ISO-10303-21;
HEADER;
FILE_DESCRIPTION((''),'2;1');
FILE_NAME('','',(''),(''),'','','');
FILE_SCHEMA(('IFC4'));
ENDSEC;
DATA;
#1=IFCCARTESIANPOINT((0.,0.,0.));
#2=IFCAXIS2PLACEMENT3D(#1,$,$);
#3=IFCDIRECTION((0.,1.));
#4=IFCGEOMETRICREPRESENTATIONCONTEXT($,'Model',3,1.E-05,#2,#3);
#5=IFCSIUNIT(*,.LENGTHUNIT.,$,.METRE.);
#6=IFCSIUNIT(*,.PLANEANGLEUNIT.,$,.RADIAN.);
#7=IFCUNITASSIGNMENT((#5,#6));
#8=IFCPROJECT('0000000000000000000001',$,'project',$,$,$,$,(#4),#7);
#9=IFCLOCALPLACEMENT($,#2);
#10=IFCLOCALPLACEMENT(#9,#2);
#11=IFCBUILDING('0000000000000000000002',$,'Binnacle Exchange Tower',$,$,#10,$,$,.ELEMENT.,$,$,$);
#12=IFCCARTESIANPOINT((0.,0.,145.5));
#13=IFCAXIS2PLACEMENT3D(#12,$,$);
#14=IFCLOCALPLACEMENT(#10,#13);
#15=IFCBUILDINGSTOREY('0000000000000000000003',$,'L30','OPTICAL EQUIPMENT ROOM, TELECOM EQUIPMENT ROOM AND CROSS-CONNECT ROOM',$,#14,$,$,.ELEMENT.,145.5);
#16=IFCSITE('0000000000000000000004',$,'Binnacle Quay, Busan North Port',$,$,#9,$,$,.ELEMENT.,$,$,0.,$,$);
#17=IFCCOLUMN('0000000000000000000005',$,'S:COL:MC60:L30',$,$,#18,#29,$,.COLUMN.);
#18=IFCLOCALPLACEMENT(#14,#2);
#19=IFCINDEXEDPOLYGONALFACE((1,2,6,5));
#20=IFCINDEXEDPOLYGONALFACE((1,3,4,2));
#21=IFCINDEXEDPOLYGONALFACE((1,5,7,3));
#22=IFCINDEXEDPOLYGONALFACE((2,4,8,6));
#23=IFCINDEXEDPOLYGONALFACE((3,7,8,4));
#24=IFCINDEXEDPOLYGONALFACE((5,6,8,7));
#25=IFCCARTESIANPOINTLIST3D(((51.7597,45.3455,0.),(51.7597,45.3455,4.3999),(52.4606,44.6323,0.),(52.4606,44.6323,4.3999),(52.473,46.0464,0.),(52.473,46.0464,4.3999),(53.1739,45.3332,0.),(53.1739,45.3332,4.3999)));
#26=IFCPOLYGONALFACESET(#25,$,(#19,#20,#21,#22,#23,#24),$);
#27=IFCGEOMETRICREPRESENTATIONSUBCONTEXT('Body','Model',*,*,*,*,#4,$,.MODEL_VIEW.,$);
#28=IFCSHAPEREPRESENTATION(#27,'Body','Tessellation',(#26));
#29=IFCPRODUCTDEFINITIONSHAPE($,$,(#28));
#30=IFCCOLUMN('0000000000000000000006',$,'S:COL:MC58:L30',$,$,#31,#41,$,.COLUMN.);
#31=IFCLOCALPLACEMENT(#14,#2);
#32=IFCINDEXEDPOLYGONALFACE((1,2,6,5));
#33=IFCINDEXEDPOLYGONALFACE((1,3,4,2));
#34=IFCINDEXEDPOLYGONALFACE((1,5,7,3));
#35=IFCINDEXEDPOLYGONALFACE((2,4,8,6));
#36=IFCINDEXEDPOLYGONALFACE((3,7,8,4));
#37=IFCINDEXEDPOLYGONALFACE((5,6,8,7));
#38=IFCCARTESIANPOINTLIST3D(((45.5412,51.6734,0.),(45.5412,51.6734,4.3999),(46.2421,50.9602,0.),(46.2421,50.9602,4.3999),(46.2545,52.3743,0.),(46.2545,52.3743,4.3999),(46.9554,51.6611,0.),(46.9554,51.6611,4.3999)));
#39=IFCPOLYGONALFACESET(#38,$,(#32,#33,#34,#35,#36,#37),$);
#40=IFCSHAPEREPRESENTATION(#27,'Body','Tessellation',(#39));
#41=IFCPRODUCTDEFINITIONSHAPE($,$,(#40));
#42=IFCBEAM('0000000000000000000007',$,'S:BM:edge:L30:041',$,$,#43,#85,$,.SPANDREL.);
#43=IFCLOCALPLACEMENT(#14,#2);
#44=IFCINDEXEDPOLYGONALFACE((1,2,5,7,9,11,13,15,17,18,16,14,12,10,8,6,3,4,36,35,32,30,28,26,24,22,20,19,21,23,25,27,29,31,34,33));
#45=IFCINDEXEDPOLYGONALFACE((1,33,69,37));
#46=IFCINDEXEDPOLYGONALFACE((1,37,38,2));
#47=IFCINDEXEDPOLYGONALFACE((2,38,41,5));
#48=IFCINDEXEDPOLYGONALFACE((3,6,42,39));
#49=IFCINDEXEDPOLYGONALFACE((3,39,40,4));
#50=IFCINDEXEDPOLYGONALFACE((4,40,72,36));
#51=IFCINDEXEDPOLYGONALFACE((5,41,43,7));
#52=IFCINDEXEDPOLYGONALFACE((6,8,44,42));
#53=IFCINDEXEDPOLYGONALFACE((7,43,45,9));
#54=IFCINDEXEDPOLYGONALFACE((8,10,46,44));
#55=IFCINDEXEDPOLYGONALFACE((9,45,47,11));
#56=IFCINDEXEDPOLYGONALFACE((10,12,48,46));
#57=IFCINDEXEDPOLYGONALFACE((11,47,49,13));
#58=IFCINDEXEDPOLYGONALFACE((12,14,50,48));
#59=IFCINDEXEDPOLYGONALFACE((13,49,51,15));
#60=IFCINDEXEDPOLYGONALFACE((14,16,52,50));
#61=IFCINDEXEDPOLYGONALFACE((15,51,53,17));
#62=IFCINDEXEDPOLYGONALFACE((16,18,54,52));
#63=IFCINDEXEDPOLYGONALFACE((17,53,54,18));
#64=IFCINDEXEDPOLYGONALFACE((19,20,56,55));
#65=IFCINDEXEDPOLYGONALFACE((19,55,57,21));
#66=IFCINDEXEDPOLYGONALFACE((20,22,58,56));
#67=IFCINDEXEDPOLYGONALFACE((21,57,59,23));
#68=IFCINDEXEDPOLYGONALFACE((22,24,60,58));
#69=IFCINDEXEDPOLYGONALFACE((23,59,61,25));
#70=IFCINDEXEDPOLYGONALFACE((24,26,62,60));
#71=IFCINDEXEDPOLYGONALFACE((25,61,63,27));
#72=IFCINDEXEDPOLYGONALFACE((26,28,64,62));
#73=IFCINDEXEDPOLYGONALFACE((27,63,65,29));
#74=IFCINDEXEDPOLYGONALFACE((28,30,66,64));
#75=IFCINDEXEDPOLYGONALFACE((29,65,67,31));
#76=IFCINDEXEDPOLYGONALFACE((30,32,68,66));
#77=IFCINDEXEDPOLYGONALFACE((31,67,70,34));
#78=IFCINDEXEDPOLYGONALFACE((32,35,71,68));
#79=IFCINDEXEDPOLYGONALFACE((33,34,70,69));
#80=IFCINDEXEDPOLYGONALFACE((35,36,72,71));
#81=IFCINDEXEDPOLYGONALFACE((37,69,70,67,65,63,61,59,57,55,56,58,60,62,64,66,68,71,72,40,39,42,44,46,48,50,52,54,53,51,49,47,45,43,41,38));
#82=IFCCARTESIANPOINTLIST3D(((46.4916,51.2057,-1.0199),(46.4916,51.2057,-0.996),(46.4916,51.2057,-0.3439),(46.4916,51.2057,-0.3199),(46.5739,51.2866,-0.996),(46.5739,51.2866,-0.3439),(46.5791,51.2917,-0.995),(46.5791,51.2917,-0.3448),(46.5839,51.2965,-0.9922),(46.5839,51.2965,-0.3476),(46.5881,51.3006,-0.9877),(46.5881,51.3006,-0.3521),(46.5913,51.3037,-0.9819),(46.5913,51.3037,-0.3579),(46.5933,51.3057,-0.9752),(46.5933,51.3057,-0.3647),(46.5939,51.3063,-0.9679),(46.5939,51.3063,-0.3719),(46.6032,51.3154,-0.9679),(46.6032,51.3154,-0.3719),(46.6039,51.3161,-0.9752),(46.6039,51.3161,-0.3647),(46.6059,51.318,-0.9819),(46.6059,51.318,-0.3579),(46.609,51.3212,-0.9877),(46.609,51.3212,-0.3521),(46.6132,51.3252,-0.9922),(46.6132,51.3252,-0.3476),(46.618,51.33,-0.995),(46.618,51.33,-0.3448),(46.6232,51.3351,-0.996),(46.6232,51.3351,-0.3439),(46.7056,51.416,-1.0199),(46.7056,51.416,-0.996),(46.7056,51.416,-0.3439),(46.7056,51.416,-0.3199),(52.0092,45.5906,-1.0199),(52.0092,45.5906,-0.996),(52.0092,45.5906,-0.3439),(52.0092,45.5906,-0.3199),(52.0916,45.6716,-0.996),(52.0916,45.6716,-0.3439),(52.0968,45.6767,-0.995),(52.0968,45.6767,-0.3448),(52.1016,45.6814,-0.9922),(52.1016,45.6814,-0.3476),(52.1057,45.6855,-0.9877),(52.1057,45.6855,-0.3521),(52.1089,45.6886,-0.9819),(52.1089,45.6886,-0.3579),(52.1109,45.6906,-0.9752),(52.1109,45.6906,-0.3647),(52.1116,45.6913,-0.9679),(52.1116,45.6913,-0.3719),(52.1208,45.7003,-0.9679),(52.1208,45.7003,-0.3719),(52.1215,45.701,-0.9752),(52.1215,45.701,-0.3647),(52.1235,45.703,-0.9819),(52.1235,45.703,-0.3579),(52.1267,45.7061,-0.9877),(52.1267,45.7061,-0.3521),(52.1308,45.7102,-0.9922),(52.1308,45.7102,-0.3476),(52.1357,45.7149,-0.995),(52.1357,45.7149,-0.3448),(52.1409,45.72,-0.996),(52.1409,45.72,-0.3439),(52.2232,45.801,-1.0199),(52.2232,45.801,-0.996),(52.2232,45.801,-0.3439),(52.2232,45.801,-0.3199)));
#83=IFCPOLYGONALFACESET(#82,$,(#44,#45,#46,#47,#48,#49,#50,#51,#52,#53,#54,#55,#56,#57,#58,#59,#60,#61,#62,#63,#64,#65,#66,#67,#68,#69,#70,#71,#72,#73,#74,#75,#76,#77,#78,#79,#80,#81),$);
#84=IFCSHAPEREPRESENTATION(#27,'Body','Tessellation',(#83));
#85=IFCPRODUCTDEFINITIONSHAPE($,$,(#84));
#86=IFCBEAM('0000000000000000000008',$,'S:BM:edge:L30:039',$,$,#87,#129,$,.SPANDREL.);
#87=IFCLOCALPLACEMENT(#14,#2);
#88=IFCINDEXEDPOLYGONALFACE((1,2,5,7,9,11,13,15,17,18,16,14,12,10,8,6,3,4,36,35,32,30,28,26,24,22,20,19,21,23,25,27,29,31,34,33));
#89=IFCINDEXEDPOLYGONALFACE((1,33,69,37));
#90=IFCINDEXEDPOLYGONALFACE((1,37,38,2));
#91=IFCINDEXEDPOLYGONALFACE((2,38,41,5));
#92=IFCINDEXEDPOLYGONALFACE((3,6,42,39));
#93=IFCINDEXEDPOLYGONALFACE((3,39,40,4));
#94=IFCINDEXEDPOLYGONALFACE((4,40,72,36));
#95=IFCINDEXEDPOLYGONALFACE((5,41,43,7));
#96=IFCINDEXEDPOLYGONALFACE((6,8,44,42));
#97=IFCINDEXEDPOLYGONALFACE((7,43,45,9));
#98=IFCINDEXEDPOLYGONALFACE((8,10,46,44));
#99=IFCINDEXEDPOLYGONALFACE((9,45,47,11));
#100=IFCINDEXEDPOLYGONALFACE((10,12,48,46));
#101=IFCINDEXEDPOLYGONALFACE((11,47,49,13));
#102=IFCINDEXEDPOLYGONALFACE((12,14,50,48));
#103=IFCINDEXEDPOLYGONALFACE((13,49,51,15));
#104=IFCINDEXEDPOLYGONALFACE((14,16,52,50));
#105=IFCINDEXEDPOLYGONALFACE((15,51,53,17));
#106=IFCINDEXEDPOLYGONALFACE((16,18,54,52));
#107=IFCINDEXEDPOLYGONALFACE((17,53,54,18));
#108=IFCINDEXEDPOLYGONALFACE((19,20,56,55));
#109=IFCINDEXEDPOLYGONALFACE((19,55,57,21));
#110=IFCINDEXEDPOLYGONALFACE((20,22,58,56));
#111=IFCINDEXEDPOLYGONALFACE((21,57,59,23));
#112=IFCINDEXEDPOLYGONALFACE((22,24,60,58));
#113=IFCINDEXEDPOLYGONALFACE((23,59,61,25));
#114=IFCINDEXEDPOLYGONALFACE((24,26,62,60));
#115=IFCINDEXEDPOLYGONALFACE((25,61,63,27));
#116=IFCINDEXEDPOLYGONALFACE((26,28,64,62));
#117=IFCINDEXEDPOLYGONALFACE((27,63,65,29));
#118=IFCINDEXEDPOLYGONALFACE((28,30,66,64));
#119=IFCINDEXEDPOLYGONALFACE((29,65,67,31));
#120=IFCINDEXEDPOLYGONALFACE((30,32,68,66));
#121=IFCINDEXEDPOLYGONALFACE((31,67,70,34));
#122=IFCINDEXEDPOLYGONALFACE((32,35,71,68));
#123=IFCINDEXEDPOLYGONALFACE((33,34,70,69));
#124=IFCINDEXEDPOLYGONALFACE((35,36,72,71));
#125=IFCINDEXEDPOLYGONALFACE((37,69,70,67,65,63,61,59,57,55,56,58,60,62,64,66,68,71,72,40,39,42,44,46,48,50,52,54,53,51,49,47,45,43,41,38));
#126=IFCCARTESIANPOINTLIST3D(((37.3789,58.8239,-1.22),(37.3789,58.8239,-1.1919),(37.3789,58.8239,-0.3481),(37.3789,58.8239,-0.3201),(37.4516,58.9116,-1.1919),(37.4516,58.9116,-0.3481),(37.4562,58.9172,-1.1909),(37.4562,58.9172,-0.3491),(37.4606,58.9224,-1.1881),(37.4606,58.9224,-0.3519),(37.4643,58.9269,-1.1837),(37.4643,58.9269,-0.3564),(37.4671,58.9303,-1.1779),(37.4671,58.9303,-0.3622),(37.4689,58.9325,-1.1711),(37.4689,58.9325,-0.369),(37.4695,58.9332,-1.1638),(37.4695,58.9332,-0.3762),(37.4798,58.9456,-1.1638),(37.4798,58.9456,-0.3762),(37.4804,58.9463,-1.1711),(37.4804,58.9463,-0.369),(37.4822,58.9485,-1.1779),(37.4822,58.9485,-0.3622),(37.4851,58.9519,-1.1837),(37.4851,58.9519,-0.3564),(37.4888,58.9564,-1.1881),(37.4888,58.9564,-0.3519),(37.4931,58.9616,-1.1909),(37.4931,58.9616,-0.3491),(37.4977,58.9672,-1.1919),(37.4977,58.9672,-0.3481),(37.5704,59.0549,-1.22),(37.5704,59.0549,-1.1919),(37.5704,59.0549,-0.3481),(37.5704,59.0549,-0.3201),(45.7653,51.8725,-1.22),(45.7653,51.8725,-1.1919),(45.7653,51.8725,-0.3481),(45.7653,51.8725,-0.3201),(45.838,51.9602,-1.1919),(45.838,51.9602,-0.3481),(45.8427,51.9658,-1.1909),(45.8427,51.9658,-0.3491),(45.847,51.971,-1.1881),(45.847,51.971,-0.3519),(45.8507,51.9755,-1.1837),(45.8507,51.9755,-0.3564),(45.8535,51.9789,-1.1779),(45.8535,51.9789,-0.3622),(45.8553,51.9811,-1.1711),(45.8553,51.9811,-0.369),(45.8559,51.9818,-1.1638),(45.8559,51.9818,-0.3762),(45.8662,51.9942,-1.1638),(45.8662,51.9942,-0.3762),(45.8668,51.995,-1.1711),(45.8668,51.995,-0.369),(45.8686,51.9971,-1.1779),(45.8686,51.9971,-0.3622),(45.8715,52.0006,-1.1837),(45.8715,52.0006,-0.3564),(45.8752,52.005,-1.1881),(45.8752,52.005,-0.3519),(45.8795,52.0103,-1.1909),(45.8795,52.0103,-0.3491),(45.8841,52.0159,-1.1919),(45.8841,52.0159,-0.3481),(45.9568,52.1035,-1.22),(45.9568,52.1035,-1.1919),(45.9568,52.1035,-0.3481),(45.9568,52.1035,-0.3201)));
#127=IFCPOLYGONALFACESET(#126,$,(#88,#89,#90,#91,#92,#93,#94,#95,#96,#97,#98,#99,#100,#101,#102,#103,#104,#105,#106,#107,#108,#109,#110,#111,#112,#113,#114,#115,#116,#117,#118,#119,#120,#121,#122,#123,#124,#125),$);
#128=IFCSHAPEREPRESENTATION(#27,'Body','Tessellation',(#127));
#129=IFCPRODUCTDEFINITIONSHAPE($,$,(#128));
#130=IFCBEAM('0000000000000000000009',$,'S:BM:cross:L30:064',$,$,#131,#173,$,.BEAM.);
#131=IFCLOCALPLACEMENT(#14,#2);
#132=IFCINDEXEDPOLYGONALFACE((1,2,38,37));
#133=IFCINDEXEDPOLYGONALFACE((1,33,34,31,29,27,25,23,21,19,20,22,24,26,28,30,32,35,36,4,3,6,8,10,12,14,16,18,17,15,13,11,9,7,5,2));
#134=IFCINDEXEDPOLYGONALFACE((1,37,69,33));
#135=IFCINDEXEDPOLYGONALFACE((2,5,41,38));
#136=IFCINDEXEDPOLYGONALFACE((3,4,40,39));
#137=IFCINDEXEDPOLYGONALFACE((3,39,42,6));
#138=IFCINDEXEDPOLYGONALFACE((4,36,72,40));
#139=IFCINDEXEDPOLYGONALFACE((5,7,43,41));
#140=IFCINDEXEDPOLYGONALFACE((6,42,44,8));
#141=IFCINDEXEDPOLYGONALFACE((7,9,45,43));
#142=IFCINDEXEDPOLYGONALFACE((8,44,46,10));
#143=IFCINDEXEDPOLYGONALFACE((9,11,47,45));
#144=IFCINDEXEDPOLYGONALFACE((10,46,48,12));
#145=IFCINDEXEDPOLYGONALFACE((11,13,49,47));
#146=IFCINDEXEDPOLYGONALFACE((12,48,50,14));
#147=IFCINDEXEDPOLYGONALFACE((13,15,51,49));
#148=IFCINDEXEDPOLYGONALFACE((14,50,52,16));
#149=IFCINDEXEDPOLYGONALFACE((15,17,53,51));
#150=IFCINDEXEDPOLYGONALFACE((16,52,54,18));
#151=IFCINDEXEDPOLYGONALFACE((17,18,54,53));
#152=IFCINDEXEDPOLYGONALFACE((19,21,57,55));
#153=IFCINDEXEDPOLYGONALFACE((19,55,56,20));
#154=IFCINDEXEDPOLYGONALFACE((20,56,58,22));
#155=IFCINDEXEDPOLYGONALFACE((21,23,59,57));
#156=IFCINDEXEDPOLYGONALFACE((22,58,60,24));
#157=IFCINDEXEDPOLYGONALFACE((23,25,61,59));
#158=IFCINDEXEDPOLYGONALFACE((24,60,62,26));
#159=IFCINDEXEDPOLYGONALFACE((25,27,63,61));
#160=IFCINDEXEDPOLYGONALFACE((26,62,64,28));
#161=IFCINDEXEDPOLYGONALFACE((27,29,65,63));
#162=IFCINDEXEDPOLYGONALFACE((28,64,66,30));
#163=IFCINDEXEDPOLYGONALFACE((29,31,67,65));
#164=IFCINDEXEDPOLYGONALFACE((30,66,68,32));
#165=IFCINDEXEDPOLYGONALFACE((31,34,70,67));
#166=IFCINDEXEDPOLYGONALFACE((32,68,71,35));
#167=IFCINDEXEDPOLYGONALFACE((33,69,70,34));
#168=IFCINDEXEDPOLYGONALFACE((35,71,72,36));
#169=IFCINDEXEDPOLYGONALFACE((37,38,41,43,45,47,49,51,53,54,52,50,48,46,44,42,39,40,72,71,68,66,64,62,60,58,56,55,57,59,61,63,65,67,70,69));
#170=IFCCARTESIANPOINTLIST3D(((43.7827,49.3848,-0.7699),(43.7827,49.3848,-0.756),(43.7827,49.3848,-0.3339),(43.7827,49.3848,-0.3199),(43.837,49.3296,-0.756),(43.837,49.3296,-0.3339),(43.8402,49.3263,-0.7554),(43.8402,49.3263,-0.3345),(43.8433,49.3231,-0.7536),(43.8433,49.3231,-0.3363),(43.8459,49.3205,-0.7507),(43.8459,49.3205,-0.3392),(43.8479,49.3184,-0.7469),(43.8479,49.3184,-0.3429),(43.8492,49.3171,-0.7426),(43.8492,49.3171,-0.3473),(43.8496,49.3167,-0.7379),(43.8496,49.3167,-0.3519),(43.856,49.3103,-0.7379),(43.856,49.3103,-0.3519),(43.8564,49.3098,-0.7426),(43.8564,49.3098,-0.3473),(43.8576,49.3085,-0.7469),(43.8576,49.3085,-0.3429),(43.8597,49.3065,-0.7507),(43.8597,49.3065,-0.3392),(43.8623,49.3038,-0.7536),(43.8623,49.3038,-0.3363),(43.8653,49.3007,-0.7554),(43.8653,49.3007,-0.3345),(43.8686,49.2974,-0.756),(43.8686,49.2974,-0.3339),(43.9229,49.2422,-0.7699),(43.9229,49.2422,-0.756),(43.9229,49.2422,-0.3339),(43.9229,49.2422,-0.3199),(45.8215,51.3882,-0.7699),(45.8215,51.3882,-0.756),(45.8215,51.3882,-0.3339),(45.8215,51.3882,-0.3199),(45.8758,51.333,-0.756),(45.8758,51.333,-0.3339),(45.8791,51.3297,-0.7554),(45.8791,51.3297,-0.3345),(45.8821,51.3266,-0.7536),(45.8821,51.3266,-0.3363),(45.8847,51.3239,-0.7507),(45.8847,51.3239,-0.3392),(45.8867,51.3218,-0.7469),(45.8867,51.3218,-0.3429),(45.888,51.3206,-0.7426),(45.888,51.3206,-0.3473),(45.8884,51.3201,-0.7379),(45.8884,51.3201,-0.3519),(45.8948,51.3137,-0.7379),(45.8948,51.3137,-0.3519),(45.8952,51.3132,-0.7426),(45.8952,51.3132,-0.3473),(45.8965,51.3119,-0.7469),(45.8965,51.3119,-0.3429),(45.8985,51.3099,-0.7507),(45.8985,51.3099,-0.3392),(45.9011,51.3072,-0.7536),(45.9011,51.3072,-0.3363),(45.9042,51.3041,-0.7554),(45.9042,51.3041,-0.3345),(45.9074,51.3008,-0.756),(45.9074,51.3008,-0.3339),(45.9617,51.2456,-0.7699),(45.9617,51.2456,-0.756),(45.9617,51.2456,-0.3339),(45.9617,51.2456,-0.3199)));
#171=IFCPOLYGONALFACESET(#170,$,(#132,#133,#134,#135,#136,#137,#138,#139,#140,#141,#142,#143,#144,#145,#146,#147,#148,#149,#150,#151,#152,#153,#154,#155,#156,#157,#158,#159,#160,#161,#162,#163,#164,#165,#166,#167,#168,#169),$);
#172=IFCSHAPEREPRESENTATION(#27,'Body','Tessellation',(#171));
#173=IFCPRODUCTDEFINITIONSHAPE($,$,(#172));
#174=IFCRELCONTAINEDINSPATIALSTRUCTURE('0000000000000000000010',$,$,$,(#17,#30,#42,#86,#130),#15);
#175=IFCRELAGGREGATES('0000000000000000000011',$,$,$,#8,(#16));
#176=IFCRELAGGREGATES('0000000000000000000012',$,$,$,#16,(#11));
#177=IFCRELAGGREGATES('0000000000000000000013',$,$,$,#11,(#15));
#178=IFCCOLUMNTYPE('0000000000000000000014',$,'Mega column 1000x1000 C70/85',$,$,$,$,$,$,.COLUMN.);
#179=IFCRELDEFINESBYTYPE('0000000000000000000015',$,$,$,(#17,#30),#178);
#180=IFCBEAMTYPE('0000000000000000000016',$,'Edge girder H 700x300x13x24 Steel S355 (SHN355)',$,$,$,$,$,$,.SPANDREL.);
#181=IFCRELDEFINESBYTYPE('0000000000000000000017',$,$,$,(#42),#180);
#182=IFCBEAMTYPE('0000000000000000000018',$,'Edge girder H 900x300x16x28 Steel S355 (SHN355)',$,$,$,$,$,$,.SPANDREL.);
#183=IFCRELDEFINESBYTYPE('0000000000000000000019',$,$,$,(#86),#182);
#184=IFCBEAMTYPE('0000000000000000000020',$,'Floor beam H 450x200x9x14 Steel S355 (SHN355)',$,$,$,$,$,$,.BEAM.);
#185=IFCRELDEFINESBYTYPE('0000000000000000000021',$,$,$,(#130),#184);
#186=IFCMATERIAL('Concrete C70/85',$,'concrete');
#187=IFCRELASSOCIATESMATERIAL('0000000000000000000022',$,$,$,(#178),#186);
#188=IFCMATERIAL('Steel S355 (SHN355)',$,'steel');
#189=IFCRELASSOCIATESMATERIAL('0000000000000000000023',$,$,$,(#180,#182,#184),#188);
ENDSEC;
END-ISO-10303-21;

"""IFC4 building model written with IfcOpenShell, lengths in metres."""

from ifc_helpers import new_model, si_unit, direction, frame, origin, origin_2d, place, context, subcontext, project, spatial, rectangle, i_section, extrude, material, material_profile, profile_set, type_object, element, save


model = new_model("IFC4")

# Units and contexts
model_context = context("Model", 3, precision=1e-05, world=origin(), true_north=direction((0.0, 1.0)))
body_context = subcontext(model_context, "Body", "Model", "MODEL_VIEW")
ifc_project = project(units=[si_unit("LENGTHUNIT", "METRE"), si_unit("PLANEANGLEUNIT", "RADIAN")], contexts=[model_context])

# Site, building, storey
site_placement = place(None, origin())
site = spatial("IfcSite", under=ifc_project, at=site_placement, Name="Binnacle Quay, Busan North Port", CompositionType="ELEMENT", RefElevation=0.0)
building_placement = place(site_placement, origin())
building = spatial("IfcBuilding", under=site, at=building_placement, Name="Binnacle Exchange Tower", CompositionType="ELEMENT")
storey_placement = place(building_placement, frame((0.0, 0.0, 145.5)))
storey = spatial("IfcBuildingStorey", under=building, at=storey_placement, Name="L30", Description="OPTICAL EQUIPMENT ROOM, TELECOM EQUIPMENT ROOM AND CROSS-CONNECT ROOM", CompositionType="ELEMENT", Elevation=145.5)

# Columns
ifc_material_1 = material(Name="Concrete C70/85", Category="concrete")
ifc_material_profile_1 = material_profile(ifc_material_1, rectangle(XDim=1.0, YDim=1.0, at=origin_2d()), Name="Mega column 1000x1000 C70/85")
ifc_profile_set_1 = profile_set([ifc_material_profile_1], Name="Concrete C70/85")
column_type = type_object("IfcColumnType", Name="Mega column 1000x1000 C70/85", PredefinedType="COLUMN", material=ifc_profile_set_1)
for number, where, z_axis, x_axis, name in (
    (1, (52.4668, 45.3394, 0.0), (0.0, 0.0, 1.0), (-0.700909, 0.71325, 0.0), "S:COL:MC60:L30"),
    (2, (46.2483, 51.6672, 0.0), (0.0, 0.0, 1.0), (-0.700909, 0.71325, 0.0), "S:COL:MC58:L30"),
):
    element("IfcColumn", number, at=place(storey_placement, frame(where, z_axis=z_axis, x_axis=x_axis)), inside=storey, type_object=column_type, Name=name, PredefinedType="COLUMN", context=body_context, shape_type="SweptSolid", body=[
        extrude(rectangle(XDim=1.0, YDim=1.0, at=origin_2d()), origin(), (0.0, 0.0, 1.0), 4.3999),
    ])

# Beams
ifc_material_2 = material(Name="Steel S355 (SHN355)", Category="steel")
ifc_material_profile_2 = material_profile(ifc_material_2, i_section(OverallWidth=0.3, OverallDepth=0.7, WebThickness=0.0129, FlangeThickness=0.0239, FilletRadius=0.0281, at=origin_2d()), Name="H 700x300x13x24")
ifc_profile_set_2 = profile_set([ifc_material_profile_2], Name="Steel S355 (SHN355)")
beam_type_1 = type_object("IfcBeamType", Name="Edge girder H 700x300x13x24 Steel S355 (SHN355)", PredefinedType="SPANDREL", material=ifc_profile_set_2)
beam_1_placement = place(storey_placement, frame((52.1162, 45.6958, -0.6699), z_axis=(-0.700893, 0.713267, 0.0), x_axis=(-0.713267, -0.700893, 0.0)))
element("IfcBeam", 3, at=beam_1_placement, inside=storey, type_object=beam_type_1, Name="S:BM:edge:L30:041", PredefinedType="SPANDREL", context=body_context, shape_type="SweptSolid", body=[
    extrude(i_section(OverallWidth=0.3, OverallDepth=0.7, WebThickness=0.0129, FlangeThickness=0.0239, FilletRadius=0.0281, at=origin_2d()), origin(), (0.0, 0.0, 1.0), 7.8723),
])
ifc_material_profile_3 = material_profile(ifc_material_2, i_section(OverallWidth=0.3, OverallDepth=0.8999, WebThickness=0.0161, FlangeThickness=0.0281, FilletRadius=0.0281, at=origin_2d()), Name="H 900x300x16x28")
ifc_profile_set_3 = profile_set([ifc_material_profile_3], Name="Steel S355 (SHN355)")
beam_type_2 = type_object("IfcBeamType", Name="Edge girder H 900x300x16x28 Steel S355 (SHN355)", PredefinedType="SPANDREL", material=ifc_profile_set_3)
beam_2_placement = place(storey_placement, frame((45.8611, 51.988, -0.77), z_axis=(-0.769903, 0.638161, 0.0), x_axis=(-0.638161, -0.769903, 0.0)))
element("IfcBeam", 4, at=beam_2_placement, inside=storey, type_object=beam_type_2, Name="S:BM:edge:L30:039", PredefinedType="SPANDREL", context=body_context, shape_type="SweptSolid", body=[
    extrude(i_section(OverallWidth=0.3, OverallDepth=0.8999, WebThickness=0.0161, FlangeThickness=0.0281, FilletRadius=0.0281, at=origin_2d()), origin(), (0.0, 0.0, 1.0), 10.8928),
])
ifc_material_profile_4 = material_profile(ifc_material_2, i_section(OverallWidth=0.2, OverallDepth=0.45, WebThickness=0.009, FlangeThickness=0.0139, FilletRadius=0.0181, at=origin_2d()), Name="H 450x200x9x14")
ifc_profile_set_4 = profile_set([ifc_material_profile_4], Name="Steel S355 (SHN355)")
beam_type_3 = type_object("IfcBeamType", Name="Floor beam H 450x200x9x14 Steel S355 (SHN355)", PredefinedType="BEAM", material=ifc_profile_set_4)
for number, where, z_axis, x_axis, name in (
    (5, (45.8916, 51.3169, -0.5449), (-0.713272, -0.700887, 0.0), (0.700887, -0.713272, 0.0), "S:BM:cross:L30:064"),
):
    element("IfcBeam", number, at=place(storey_placement, frame(where, z_axis=z_axis, x_axis=x_axis)), inside=storey, type_object=beam_type_3, Name=name, PredefinedType="BEAM", context=body_context, shape_type="SweptSolid", body=[
        extrude(i_section(OverallWidth=0.2, OverallDepth=0.45, WebThickness=0.009, FlangeThickness=0.0139, FilletRadius=0.0181, at=origin_2d()), origin(), (0.0, 0.0, 1.0), 2.8584),
    ])

save(model, "model.ifc")
